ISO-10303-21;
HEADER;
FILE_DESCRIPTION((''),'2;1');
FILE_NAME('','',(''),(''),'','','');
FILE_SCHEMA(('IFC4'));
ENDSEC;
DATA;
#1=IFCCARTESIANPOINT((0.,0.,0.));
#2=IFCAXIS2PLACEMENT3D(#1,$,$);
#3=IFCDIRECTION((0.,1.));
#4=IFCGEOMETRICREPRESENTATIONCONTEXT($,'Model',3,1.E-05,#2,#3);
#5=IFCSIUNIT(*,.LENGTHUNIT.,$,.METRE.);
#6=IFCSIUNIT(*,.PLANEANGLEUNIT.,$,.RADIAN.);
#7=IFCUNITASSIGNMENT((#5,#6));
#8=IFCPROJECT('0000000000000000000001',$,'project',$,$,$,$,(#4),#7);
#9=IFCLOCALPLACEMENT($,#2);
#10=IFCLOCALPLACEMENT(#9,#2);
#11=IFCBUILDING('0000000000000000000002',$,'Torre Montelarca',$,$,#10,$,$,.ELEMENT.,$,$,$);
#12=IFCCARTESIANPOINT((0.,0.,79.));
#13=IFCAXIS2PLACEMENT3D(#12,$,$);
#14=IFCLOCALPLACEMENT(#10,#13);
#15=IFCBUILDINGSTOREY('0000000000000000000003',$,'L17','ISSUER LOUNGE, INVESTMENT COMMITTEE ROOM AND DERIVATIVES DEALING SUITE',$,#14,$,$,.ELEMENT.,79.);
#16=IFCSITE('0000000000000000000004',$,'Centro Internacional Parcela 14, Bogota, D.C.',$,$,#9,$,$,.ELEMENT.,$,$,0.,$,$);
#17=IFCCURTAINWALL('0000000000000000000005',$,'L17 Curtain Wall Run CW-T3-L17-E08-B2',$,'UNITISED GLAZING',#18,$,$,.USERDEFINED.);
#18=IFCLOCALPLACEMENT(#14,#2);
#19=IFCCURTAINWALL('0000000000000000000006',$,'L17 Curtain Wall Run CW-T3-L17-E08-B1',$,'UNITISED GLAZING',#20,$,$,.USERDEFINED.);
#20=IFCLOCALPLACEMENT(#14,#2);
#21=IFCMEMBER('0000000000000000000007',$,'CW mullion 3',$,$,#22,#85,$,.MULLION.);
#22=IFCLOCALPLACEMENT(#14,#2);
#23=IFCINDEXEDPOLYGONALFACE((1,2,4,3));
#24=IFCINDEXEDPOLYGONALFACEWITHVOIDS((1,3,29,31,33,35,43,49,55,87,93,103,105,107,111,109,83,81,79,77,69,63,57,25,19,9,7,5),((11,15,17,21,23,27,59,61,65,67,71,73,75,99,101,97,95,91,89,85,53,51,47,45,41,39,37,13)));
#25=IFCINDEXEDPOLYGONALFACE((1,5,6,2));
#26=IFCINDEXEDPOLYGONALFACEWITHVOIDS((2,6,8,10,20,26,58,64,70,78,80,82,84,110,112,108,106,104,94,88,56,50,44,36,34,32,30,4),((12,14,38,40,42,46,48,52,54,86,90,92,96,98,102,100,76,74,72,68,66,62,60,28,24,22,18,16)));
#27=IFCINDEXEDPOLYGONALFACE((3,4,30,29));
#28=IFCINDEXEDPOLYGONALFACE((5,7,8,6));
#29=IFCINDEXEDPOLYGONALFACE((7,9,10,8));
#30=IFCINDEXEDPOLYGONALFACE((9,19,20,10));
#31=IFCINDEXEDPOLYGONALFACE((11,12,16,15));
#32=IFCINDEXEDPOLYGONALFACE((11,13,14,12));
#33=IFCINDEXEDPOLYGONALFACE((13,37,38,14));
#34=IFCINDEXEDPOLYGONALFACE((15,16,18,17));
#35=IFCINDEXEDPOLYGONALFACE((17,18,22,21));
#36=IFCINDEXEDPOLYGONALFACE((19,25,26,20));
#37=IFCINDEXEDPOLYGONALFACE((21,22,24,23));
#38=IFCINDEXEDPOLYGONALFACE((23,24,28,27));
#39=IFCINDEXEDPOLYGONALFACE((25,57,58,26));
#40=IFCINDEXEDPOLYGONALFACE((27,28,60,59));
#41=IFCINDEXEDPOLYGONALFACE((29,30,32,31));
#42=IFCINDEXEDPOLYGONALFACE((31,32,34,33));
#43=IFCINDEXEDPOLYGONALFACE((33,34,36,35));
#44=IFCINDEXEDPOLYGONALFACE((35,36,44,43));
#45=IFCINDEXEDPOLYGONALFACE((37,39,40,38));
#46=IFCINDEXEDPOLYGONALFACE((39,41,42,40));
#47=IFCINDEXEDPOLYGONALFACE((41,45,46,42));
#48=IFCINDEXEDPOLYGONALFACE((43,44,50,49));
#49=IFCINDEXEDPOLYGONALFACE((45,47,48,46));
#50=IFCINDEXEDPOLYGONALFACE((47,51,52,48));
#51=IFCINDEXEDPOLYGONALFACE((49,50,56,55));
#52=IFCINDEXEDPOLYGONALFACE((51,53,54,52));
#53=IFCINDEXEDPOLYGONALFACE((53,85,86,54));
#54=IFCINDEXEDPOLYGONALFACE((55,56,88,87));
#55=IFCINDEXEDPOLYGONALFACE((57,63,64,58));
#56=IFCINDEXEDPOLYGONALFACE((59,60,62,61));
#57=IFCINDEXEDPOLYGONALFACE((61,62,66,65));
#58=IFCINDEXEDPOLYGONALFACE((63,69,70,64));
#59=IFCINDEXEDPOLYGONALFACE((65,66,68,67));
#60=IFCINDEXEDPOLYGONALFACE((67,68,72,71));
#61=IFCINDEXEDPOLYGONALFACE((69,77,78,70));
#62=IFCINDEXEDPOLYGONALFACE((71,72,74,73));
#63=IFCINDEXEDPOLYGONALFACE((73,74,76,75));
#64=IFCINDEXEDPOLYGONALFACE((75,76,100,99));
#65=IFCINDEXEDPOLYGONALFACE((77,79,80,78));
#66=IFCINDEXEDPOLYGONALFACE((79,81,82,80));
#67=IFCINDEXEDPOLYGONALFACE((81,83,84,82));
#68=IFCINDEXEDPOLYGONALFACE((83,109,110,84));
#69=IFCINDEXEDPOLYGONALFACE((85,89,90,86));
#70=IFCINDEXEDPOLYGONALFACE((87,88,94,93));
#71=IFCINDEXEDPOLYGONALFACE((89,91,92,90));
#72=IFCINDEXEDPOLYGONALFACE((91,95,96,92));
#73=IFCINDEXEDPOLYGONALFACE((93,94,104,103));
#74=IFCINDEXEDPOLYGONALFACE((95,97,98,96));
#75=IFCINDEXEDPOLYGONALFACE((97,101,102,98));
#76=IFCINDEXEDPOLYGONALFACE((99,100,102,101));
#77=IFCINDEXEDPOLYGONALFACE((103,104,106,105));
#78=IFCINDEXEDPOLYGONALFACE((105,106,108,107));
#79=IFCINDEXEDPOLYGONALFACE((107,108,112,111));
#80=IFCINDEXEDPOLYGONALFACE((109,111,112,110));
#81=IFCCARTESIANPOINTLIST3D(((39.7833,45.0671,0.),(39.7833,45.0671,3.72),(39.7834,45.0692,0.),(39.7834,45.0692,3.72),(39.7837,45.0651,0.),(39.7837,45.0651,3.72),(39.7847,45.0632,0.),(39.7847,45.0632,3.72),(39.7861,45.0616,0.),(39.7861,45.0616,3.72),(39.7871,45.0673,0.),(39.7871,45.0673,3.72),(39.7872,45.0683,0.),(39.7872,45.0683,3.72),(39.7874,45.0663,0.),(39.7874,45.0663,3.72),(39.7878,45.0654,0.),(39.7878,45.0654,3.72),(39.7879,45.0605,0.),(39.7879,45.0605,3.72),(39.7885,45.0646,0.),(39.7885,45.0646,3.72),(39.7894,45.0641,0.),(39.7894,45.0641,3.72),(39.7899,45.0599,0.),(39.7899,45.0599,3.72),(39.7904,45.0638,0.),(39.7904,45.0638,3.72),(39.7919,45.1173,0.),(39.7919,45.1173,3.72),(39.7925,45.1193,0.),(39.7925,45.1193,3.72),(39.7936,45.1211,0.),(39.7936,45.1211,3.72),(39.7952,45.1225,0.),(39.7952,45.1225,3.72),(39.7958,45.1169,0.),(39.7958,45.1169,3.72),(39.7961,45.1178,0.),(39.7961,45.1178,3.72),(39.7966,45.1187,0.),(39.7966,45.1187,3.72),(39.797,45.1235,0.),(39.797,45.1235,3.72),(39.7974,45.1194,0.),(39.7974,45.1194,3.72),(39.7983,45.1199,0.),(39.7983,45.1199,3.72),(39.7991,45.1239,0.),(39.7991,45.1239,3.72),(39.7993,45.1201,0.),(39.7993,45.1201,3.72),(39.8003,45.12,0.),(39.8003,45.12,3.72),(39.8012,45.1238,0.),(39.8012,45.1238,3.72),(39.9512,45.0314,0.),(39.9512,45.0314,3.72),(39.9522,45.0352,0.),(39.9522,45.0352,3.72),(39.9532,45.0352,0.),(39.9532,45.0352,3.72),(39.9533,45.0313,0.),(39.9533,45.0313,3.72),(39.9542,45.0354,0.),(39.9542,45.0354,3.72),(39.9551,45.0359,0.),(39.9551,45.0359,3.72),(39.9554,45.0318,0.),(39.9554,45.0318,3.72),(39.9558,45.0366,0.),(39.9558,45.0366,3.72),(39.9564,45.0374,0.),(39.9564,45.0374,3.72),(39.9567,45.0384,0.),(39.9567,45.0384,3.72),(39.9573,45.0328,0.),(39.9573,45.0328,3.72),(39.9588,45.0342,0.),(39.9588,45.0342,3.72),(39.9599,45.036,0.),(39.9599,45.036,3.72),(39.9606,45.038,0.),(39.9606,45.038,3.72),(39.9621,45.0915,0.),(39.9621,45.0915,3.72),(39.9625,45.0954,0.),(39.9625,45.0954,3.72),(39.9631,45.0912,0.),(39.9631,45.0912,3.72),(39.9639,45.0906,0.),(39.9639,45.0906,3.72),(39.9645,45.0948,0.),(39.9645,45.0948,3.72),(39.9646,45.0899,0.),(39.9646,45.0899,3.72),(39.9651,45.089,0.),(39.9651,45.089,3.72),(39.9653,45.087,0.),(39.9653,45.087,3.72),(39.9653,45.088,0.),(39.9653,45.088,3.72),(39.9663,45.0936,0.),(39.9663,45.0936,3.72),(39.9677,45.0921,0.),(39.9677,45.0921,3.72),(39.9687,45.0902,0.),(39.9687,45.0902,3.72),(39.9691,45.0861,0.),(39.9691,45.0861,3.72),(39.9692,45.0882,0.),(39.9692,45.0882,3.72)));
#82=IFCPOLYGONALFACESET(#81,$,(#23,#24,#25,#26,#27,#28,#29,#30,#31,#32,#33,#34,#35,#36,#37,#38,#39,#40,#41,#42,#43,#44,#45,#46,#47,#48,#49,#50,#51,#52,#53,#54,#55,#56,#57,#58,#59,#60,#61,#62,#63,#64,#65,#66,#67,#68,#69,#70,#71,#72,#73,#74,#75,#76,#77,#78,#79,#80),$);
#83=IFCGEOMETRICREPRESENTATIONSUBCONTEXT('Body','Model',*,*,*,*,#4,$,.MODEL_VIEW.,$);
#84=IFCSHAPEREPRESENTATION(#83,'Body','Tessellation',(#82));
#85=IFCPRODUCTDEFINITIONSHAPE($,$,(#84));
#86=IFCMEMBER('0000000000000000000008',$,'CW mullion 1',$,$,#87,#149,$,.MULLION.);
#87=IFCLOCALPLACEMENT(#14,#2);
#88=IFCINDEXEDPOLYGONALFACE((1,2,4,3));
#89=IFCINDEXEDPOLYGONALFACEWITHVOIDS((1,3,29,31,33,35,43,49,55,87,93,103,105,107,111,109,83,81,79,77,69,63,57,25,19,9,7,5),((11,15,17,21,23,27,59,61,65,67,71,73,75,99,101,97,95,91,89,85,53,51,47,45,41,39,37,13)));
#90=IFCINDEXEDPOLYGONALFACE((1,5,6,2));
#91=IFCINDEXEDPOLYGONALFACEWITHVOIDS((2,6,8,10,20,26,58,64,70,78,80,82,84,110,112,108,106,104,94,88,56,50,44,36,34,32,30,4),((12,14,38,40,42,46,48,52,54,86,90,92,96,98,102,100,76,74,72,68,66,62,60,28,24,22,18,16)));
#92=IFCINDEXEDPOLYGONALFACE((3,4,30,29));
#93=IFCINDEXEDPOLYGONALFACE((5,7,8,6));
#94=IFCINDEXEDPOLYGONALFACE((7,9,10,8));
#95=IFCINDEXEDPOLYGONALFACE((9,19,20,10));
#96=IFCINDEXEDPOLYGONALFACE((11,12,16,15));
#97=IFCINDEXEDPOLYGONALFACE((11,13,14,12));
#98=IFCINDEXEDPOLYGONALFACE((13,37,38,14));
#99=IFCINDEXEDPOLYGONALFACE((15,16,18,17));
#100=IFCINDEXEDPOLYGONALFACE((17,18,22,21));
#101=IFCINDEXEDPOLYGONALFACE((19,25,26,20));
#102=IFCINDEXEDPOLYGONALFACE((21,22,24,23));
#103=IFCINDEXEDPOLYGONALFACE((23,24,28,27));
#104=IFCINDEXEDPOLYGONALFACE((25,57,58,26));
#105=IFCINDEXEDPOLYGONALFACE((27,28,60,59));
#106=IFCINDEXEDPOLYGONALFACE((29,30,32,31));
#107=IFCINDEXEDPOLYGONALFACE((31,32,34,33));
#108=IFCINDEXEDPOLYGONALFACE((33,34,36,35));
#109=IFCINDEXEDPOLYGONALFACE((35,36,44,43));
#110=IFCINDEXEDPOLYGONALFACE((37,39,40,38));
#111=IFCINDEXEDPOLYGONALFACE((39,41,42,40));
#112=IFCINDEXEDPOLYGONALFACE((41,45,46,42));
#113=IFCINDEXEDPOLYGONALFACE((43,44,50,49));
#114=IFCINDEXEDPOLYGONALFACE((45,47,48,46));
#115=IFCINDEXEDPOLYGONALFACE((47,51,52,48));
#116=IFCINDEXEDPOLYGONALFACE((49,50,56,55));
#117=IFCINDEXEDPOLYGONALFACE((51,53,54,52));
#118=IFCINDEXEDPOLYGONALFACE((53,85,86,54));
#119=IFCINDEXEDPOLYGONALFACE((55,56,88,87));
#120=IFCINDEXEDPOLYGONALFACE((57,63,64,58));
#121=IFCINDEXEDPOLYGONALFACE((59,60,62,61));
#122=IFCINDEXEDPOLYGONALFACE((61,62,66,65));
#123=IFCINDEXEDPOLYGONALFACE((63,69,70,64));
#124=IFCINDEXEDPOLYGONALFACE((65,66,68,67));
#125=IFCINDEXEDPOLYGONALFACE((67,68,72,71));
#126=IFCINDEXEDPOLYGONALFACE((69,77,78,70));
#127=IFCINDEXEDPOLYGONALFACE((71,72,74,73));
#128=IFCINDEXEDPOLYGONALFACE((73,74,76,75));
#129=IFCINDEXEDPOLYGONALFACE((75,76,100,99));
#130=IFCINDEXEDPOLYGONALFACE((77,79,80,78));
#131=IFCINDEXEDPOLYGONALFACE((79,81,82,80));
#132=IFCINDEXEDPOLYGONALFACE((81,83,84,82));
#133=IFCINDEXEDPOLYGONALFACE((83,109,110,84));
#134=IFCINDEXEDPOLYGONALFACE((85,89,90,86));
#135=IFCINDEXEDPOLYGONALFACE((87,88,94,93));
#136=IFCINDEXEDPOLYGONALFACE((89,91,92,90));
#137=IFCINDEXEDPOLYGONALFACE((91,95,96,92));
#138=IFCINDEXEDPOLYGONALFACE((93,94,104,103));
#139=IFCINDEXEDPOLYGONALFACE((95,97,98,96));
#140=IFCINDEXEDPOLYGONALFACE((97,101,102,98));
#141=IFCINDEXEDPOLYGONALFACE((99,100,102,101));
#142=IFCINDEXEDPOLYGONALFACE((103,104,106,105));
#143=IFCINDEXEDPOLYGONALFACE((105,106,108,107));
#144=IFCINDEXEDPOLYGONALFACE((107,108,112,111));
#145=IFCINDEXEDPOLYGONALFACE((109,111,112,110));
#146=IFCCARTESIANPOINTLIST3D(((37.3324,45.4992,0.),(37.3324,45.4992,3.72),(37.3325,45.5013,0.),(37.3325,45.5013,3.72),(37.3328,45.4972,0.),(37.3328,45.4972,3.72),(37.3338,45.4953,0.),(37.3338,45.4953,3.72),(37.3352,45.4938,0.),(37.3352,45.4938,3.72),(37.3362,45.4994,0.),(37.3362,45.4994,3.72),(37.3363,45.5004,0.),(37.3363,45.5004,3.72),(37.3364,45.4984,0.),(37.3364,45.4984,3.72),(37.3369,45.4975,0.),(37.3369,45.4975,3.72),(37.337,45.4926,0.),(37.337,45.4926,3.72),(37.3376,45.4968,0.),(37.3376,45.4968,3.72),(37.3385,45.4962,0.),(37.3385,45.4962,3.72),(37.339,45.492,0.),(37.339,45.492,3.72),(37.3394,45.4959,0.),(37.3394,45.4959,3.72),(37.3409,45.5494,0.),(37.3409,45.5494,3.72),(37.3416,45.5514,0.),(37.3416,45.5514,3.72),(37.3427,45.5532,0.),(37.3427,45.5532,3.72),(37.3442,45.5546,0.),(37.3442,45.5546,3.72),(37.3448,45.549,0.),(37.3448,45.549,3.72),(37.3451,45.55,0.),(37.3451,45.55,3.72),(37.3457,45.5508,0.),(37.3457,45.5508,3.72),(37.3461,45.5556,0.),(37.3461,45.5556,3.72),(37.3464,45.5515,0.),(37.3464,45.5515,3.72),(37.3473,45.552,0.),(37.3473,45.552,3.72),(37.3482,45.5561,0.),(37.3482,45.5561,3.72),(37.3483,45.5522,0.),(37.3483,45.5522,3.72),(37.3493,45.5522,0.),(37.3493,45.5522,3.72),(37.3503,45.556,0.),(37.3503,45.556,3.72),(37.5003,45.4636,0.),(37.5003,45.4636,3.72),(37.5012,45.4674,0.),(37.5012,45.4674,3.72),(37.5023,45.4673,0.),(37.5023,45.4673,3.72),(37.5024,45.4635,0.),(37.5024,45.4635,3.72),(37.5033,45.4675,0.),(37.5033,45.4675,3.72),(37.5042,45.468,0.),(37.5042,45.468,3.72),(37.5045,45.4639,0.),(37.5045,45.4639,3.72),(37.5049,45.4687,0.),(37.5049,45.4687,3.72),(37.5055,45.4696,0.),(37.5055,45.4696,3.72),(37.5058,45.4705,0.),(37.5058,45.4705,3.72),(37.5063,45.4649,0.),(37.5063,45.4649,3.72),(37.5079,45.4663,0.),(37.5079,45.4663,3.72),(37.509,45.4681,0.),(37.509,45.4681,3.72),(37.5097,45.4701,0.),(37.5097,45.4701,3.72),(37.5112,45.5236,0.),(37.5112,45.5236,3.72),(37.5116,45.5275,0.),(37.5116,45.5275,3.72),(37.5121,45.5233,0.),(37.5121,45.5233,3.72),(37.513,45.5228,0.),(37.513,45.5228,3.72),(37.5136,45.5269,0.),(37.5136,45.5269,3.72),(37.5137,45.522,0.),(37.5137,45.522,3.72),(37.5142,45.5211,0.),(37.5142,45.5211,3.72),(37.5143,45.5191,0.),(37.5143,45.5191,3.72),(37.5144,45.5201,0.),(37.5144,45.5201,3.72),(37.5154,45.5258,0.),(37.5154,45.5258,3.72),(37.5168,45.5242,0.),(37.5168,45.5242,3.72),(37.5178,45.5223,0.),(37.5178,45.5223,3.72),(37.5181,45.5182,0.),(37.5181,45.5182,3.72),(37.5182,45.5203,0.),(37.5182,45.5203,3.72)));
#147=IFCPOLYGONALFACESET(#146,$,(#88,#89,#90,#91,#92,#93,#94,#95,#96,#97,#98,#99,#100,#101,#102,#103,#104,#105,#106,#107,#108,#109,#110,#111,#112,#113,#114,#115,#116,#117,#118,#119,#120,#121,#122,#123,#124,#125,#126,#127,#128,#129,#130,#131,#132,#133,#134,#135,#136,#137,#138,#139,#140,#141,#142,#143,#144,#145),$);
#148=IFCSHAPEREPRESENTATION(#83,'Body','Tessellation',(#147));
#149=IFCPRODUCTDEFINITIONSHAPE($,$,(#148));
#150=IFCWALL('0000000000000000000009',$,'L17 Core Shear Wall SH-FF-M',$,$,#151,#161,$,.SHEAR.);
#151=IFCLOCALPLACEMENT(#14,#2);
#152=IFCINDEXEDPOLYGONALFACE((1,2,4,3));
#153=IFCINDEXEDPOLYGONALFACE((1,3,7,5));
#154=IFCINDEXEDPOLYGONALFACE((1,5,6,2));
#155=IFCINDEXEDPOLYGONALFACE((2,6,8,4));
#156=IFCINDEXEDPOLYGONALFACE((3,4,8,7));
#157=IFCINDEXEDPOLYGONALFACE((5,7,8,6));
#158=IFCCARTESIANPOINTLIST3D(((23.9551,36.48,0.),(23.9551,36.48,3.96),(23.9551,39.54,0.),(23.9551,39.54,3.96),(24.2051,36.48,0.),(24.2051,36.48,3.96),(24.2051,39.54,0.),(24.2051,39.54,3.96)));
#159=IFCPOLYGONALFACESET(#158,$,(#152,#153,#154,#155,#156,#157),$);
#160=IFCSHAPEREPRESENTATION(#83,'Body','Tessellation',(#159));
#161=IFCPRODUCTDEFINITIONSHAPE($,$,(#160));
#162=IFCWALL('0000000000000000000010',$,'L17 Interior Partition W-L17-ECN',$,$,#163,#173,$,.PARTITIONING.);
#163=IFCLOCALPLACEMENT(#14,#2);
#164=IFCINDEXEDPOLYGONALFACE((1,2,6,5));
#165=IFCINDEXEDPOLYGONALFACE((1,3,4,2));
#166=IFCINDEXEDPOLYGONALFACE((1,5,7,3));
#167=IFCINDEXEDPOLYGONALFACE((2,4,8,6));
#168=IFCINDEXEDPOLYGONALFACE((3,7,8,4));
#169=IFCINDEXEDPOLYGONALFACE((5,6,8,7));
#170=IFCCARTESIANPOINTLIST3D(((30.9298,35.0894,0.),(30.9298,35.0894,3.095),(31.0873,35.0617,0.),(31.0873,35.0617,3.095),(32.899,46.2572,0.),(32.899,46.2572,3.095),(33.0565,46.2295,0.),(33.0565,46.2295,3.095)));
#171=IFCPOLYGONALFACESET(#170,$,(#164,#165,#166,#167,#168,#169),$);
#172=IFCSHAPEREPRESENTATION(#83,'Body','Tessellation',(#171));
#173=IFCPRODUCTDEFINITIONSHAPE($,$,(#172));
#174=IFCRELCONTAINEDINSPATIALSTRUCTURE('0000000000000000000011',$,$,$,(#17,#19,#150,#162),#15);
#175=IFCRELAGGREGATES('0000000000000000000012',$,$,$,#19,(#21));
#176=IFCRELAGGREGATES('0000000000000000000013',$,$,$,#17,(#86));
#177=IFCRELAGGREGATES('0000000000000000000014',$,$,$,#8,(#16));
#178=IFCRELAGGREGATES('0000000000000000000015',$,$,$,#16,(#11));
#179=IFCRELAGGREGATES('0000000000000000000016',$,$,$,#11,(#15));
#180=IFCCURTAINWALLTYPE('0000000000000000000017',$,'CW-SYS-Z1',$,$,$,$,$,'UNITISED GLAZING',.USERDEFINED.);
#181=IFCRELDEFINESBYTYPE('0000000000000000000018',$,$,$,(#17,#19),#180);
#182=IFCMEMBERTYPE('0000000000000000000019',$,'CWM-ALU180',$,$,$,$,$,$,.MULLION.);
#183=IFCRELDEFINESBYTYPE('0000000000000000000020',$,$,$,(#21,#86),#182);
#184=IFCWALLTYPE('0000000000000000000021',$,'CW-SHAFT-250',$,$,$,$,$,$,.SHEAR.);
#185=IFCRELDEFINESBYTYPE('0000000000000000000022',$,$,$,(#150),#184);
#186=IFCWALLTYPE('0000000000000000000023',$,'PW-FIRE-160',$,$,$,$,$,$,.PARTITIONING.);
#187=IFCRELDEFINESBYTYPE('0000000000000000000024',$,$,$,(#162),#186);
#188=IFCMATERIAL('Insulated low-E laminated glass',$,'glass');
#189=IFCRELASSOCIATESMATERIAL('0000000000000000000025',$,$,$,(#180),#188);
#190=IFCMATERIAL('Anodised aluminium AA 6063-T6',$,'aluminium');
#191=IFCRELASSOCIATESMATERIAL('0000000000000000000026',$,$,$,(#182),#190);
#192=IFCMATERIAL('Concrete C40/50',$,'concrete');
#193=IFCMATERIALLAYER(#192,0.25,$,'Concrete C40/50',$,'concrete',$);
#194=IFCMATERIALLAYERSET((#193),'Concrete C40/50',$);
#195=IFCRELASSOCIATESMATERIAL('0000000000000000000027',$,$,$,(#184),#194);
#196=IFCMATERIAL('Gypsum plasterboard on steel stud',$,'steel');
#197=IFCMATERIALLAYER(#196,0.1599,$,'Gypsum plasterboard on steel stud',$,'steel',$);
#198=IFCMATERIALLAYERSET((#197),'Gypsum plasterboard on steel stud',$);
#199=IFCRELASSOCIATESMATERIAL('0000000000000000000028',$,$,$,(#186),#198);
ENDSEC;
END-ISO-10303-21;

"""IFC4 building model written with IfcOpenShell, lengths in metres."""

from ifc_helpers import new_model, si_unit, direction, frame, frame_2d, origin, origin_2d, place, context, subcontext, project, spatial, rectangle, hollow_rectangle, extrude, source, transform, mapped, material, layer, layer_set, material_profile, profile_set, type_object, element, aggregate, save


model = new_model("IFC4")

# Units and contexts
model_context = context("Model", 3, precision=1e-05, world=origin(), true_north=direction((0.0, 1.0)))
body_context = subcontext(model_context, "Body", "Model", "MODEL_VIEW")
ifc_project = project(units=[si_unit("LENGTHUNIT", "METRE"), si_unit("PLANEANGLEUNIT", "RADIAN")], contexts=[model_context])

# Site, building, storey
site_placement = place(None, origin())
site = spatial("IfcSite", under=ifc_project, at=site_placement, Name="Centro Internacional Parcela 14, Bogota, D.C.", CompositionType="ELEMENT", RefElevation=0.0)
building_placement = place(site_placement, origin())
building = spatial("IfcBuilding", under=site, at=building_placement, Name="Torre Montelarca", CompositionType="ELEMENT")
storey_placement = place(building_placement, frame((0.0, 0.0, 79.0)))
storey = spatial("IfcBuildingStorey", under=building, at=storey_placement, Name="L17", Description="ISSUER LOUNGE, INVESTMENT COMMITTEE ROOM AND DERIVATIVES DEALING SUITE", CompositionType="ELEMENT", Elevation=79.0)

# Curtain walls, member
ifc_material_1 = material(Name="Insulated low-E laminated glass", Category="glass")
curtain_wall_type = type_object("IfcCurtainWallType", Name="CW-SYS-Z1", ElementType="UNITISED GLAZING", PredefinedType="USERDEFINED", material=ifc_material_1)
curtain_wall_1_placement = place(storey_placement, origin())
curtain_wall_1 = element("IfcCurtainWall", 1, at=curtain_wall_1_placement, inside=storey, type_object=curtain_wall_type, Name="L17 Curtain Wall Run CW-T3-L17-E08-B2", ObjectType="UNITISED GLAZING", PredefinedType="USERDEFINED")
ifc_material_2 = material(Name="Anodised aluminium AA 6063-T6", Category="aluminium")
curtain_wall_2_placement = place(storey_placement, origin())
curtain_wall_2 = element("IfcCurtainWall", 2, at=curtain_wall_2_placement, inside=storey, type_object=curtain_wall_type, Name="L17 Curtain Wall Run CW-T3-L17-E08-B1", ObjectType="UNITISED GLAZING", PredefinedType="USERDEFINED")
ifc_material_profile_1 = material_profile(ifc_material_2, hollow_rectangle(XDim=0.0649, YDim=0.1799, WallThickness=0.0039, InnerFilletRadius=0.0039, OuterFilletRadius=0.0081, at=origin_2d()), Name="ALU65X180X4", Category="aluminium")
ifc_profile_set_1 = profile_set([ifc_material_profile_1], Name="Anodised aluminium AA 6063-T6")
member_type_1 = type_object("IfcMemberType", Name="CWM-ALU180", PredefinedType="MULLION", material=ifc_profile_set_1)
shared_shape_1 = source(origin(), body_context, "Body", "SweptSolid", [
    extrude(hollow_rectangle(XDim=0.0649, YDim=0.1799, WallThickness=0.0039, InnerFilletRadius=0.0039, OuterFilletRadius=0.0081, at=origin_2d()), origin(), (0.0, 0.0, 1.0), 3.72),
])
member_1_placement = place(storey_placement, frame((39.8762, 45.0776, 0.0), z_axis=(0.0, 0.0, 1.0), x_axis=(-0.173648, -0.984808, 0.0)))
member_1 = element("IfcMember", 3, at=member_1_placement, type_object=member_type_1, Name="CW mullion 3", PredefinedType="MULLION", context=body_context, shape_type="MappedRepresentation", body=[
    mapped(shared_shape_1, transform((0.0, 0.0, 0.0), scale=1.0)),
])
aggregate(curtain_wall_2, [member_1])

# Member
member_2_placement = place(storey_placement, frame((37.4253, 45.5098, 0.0), z_axis=(0.0, 0.0, 1.0), x_axis=(-0.173642, -0.984809, 0.0)))
member_2 = element("IfcMember", 4, at=member_2_placement, type_object=member_type_1, Name="CW mullion 1", PredefinedType="MULLION", context=body_context, shape_type="MappedRepresentation", body=[
    mapped(shared_shape_1, transform((0.0, 0.0, 0.0), scale=1.0)),
])
aggregate(curtain_wall_1, [member_2])

# Walls
ifc_material_3 = material(Name="Concrete C40/50", Category="concrete")
ifc_layer_1 = layer(ifc_material_3, 0.25, Name="Concrete C40/50", Category="concrete")
ifc_layer_set_1 = layer_set([ifc_layer_1], Name="Concrete C40/50")
wall_type_1 = type_object("IfcWallType", Name="CW-SHAFT-250", PredefinedType="SHEAR", material=ifc_layer_set_1)
wall_1_placement = place(storey_placement, frame((24.0801, 36.48, 0.0), z_axis=(0.0, 0.0, 1.0), x_axis=(0.0, 1.0, 0.0)))
element("IfcWall", 5, at=wall_1_placement, inside=storey, type_object=wall_type_1, Name="L17 Core Shear Wall SH-FF-M", PredefinedType="SHEAR", context=body_context, shape_type="SweptSolid", body=[
    extrude(rectangle(XDim=3.0601, YDim=0.25, at=frame_2d((1.53, 0.0))), origin(), (0.0, 0.0, 1.0), 3.96),
])
ifc_material_4 = material(Name="Gypsum plasterboard on steel stud", Category="steel")
ifc_layer_2 = layer(ifc_material_4, 0.1599, Name="Gypsum plasterboard on steel stud", Category="steel")
ifc_layer_set_2 = layer_set([ifc_layer_2], Name="Gypsum plasterboard on steel stud")
wall_type_2 = type_object("IfcWallType", Name="PW-FIRE-160", PredefinedType="PARTITIONING", material=ifc_layer_set_2)
wall_2_placement = place(storey_placement, frame((31.0085, 35.0757, 0.0), z_axis=(0.0, 0.0, 1.0), x_axis=(0.173654, 0.984807, 0.0)))
element("IfcWall", 6, at=wall_2_placement, inside=storey, type_object=wall_type_2, Name="L17 Interior Partition W-L17-ECN", PredefinedType="PARTITIONING", context=body_context, shape_type="SweptSolid", body=[
    extrude(rectangle(XDim=11.3401, YDim=0.1599, at=frame_2d((5.6699, 0.0))), origin(), (0.0, 0.0, 1.0), 3.095),
])

save(model, "model.ifc")
